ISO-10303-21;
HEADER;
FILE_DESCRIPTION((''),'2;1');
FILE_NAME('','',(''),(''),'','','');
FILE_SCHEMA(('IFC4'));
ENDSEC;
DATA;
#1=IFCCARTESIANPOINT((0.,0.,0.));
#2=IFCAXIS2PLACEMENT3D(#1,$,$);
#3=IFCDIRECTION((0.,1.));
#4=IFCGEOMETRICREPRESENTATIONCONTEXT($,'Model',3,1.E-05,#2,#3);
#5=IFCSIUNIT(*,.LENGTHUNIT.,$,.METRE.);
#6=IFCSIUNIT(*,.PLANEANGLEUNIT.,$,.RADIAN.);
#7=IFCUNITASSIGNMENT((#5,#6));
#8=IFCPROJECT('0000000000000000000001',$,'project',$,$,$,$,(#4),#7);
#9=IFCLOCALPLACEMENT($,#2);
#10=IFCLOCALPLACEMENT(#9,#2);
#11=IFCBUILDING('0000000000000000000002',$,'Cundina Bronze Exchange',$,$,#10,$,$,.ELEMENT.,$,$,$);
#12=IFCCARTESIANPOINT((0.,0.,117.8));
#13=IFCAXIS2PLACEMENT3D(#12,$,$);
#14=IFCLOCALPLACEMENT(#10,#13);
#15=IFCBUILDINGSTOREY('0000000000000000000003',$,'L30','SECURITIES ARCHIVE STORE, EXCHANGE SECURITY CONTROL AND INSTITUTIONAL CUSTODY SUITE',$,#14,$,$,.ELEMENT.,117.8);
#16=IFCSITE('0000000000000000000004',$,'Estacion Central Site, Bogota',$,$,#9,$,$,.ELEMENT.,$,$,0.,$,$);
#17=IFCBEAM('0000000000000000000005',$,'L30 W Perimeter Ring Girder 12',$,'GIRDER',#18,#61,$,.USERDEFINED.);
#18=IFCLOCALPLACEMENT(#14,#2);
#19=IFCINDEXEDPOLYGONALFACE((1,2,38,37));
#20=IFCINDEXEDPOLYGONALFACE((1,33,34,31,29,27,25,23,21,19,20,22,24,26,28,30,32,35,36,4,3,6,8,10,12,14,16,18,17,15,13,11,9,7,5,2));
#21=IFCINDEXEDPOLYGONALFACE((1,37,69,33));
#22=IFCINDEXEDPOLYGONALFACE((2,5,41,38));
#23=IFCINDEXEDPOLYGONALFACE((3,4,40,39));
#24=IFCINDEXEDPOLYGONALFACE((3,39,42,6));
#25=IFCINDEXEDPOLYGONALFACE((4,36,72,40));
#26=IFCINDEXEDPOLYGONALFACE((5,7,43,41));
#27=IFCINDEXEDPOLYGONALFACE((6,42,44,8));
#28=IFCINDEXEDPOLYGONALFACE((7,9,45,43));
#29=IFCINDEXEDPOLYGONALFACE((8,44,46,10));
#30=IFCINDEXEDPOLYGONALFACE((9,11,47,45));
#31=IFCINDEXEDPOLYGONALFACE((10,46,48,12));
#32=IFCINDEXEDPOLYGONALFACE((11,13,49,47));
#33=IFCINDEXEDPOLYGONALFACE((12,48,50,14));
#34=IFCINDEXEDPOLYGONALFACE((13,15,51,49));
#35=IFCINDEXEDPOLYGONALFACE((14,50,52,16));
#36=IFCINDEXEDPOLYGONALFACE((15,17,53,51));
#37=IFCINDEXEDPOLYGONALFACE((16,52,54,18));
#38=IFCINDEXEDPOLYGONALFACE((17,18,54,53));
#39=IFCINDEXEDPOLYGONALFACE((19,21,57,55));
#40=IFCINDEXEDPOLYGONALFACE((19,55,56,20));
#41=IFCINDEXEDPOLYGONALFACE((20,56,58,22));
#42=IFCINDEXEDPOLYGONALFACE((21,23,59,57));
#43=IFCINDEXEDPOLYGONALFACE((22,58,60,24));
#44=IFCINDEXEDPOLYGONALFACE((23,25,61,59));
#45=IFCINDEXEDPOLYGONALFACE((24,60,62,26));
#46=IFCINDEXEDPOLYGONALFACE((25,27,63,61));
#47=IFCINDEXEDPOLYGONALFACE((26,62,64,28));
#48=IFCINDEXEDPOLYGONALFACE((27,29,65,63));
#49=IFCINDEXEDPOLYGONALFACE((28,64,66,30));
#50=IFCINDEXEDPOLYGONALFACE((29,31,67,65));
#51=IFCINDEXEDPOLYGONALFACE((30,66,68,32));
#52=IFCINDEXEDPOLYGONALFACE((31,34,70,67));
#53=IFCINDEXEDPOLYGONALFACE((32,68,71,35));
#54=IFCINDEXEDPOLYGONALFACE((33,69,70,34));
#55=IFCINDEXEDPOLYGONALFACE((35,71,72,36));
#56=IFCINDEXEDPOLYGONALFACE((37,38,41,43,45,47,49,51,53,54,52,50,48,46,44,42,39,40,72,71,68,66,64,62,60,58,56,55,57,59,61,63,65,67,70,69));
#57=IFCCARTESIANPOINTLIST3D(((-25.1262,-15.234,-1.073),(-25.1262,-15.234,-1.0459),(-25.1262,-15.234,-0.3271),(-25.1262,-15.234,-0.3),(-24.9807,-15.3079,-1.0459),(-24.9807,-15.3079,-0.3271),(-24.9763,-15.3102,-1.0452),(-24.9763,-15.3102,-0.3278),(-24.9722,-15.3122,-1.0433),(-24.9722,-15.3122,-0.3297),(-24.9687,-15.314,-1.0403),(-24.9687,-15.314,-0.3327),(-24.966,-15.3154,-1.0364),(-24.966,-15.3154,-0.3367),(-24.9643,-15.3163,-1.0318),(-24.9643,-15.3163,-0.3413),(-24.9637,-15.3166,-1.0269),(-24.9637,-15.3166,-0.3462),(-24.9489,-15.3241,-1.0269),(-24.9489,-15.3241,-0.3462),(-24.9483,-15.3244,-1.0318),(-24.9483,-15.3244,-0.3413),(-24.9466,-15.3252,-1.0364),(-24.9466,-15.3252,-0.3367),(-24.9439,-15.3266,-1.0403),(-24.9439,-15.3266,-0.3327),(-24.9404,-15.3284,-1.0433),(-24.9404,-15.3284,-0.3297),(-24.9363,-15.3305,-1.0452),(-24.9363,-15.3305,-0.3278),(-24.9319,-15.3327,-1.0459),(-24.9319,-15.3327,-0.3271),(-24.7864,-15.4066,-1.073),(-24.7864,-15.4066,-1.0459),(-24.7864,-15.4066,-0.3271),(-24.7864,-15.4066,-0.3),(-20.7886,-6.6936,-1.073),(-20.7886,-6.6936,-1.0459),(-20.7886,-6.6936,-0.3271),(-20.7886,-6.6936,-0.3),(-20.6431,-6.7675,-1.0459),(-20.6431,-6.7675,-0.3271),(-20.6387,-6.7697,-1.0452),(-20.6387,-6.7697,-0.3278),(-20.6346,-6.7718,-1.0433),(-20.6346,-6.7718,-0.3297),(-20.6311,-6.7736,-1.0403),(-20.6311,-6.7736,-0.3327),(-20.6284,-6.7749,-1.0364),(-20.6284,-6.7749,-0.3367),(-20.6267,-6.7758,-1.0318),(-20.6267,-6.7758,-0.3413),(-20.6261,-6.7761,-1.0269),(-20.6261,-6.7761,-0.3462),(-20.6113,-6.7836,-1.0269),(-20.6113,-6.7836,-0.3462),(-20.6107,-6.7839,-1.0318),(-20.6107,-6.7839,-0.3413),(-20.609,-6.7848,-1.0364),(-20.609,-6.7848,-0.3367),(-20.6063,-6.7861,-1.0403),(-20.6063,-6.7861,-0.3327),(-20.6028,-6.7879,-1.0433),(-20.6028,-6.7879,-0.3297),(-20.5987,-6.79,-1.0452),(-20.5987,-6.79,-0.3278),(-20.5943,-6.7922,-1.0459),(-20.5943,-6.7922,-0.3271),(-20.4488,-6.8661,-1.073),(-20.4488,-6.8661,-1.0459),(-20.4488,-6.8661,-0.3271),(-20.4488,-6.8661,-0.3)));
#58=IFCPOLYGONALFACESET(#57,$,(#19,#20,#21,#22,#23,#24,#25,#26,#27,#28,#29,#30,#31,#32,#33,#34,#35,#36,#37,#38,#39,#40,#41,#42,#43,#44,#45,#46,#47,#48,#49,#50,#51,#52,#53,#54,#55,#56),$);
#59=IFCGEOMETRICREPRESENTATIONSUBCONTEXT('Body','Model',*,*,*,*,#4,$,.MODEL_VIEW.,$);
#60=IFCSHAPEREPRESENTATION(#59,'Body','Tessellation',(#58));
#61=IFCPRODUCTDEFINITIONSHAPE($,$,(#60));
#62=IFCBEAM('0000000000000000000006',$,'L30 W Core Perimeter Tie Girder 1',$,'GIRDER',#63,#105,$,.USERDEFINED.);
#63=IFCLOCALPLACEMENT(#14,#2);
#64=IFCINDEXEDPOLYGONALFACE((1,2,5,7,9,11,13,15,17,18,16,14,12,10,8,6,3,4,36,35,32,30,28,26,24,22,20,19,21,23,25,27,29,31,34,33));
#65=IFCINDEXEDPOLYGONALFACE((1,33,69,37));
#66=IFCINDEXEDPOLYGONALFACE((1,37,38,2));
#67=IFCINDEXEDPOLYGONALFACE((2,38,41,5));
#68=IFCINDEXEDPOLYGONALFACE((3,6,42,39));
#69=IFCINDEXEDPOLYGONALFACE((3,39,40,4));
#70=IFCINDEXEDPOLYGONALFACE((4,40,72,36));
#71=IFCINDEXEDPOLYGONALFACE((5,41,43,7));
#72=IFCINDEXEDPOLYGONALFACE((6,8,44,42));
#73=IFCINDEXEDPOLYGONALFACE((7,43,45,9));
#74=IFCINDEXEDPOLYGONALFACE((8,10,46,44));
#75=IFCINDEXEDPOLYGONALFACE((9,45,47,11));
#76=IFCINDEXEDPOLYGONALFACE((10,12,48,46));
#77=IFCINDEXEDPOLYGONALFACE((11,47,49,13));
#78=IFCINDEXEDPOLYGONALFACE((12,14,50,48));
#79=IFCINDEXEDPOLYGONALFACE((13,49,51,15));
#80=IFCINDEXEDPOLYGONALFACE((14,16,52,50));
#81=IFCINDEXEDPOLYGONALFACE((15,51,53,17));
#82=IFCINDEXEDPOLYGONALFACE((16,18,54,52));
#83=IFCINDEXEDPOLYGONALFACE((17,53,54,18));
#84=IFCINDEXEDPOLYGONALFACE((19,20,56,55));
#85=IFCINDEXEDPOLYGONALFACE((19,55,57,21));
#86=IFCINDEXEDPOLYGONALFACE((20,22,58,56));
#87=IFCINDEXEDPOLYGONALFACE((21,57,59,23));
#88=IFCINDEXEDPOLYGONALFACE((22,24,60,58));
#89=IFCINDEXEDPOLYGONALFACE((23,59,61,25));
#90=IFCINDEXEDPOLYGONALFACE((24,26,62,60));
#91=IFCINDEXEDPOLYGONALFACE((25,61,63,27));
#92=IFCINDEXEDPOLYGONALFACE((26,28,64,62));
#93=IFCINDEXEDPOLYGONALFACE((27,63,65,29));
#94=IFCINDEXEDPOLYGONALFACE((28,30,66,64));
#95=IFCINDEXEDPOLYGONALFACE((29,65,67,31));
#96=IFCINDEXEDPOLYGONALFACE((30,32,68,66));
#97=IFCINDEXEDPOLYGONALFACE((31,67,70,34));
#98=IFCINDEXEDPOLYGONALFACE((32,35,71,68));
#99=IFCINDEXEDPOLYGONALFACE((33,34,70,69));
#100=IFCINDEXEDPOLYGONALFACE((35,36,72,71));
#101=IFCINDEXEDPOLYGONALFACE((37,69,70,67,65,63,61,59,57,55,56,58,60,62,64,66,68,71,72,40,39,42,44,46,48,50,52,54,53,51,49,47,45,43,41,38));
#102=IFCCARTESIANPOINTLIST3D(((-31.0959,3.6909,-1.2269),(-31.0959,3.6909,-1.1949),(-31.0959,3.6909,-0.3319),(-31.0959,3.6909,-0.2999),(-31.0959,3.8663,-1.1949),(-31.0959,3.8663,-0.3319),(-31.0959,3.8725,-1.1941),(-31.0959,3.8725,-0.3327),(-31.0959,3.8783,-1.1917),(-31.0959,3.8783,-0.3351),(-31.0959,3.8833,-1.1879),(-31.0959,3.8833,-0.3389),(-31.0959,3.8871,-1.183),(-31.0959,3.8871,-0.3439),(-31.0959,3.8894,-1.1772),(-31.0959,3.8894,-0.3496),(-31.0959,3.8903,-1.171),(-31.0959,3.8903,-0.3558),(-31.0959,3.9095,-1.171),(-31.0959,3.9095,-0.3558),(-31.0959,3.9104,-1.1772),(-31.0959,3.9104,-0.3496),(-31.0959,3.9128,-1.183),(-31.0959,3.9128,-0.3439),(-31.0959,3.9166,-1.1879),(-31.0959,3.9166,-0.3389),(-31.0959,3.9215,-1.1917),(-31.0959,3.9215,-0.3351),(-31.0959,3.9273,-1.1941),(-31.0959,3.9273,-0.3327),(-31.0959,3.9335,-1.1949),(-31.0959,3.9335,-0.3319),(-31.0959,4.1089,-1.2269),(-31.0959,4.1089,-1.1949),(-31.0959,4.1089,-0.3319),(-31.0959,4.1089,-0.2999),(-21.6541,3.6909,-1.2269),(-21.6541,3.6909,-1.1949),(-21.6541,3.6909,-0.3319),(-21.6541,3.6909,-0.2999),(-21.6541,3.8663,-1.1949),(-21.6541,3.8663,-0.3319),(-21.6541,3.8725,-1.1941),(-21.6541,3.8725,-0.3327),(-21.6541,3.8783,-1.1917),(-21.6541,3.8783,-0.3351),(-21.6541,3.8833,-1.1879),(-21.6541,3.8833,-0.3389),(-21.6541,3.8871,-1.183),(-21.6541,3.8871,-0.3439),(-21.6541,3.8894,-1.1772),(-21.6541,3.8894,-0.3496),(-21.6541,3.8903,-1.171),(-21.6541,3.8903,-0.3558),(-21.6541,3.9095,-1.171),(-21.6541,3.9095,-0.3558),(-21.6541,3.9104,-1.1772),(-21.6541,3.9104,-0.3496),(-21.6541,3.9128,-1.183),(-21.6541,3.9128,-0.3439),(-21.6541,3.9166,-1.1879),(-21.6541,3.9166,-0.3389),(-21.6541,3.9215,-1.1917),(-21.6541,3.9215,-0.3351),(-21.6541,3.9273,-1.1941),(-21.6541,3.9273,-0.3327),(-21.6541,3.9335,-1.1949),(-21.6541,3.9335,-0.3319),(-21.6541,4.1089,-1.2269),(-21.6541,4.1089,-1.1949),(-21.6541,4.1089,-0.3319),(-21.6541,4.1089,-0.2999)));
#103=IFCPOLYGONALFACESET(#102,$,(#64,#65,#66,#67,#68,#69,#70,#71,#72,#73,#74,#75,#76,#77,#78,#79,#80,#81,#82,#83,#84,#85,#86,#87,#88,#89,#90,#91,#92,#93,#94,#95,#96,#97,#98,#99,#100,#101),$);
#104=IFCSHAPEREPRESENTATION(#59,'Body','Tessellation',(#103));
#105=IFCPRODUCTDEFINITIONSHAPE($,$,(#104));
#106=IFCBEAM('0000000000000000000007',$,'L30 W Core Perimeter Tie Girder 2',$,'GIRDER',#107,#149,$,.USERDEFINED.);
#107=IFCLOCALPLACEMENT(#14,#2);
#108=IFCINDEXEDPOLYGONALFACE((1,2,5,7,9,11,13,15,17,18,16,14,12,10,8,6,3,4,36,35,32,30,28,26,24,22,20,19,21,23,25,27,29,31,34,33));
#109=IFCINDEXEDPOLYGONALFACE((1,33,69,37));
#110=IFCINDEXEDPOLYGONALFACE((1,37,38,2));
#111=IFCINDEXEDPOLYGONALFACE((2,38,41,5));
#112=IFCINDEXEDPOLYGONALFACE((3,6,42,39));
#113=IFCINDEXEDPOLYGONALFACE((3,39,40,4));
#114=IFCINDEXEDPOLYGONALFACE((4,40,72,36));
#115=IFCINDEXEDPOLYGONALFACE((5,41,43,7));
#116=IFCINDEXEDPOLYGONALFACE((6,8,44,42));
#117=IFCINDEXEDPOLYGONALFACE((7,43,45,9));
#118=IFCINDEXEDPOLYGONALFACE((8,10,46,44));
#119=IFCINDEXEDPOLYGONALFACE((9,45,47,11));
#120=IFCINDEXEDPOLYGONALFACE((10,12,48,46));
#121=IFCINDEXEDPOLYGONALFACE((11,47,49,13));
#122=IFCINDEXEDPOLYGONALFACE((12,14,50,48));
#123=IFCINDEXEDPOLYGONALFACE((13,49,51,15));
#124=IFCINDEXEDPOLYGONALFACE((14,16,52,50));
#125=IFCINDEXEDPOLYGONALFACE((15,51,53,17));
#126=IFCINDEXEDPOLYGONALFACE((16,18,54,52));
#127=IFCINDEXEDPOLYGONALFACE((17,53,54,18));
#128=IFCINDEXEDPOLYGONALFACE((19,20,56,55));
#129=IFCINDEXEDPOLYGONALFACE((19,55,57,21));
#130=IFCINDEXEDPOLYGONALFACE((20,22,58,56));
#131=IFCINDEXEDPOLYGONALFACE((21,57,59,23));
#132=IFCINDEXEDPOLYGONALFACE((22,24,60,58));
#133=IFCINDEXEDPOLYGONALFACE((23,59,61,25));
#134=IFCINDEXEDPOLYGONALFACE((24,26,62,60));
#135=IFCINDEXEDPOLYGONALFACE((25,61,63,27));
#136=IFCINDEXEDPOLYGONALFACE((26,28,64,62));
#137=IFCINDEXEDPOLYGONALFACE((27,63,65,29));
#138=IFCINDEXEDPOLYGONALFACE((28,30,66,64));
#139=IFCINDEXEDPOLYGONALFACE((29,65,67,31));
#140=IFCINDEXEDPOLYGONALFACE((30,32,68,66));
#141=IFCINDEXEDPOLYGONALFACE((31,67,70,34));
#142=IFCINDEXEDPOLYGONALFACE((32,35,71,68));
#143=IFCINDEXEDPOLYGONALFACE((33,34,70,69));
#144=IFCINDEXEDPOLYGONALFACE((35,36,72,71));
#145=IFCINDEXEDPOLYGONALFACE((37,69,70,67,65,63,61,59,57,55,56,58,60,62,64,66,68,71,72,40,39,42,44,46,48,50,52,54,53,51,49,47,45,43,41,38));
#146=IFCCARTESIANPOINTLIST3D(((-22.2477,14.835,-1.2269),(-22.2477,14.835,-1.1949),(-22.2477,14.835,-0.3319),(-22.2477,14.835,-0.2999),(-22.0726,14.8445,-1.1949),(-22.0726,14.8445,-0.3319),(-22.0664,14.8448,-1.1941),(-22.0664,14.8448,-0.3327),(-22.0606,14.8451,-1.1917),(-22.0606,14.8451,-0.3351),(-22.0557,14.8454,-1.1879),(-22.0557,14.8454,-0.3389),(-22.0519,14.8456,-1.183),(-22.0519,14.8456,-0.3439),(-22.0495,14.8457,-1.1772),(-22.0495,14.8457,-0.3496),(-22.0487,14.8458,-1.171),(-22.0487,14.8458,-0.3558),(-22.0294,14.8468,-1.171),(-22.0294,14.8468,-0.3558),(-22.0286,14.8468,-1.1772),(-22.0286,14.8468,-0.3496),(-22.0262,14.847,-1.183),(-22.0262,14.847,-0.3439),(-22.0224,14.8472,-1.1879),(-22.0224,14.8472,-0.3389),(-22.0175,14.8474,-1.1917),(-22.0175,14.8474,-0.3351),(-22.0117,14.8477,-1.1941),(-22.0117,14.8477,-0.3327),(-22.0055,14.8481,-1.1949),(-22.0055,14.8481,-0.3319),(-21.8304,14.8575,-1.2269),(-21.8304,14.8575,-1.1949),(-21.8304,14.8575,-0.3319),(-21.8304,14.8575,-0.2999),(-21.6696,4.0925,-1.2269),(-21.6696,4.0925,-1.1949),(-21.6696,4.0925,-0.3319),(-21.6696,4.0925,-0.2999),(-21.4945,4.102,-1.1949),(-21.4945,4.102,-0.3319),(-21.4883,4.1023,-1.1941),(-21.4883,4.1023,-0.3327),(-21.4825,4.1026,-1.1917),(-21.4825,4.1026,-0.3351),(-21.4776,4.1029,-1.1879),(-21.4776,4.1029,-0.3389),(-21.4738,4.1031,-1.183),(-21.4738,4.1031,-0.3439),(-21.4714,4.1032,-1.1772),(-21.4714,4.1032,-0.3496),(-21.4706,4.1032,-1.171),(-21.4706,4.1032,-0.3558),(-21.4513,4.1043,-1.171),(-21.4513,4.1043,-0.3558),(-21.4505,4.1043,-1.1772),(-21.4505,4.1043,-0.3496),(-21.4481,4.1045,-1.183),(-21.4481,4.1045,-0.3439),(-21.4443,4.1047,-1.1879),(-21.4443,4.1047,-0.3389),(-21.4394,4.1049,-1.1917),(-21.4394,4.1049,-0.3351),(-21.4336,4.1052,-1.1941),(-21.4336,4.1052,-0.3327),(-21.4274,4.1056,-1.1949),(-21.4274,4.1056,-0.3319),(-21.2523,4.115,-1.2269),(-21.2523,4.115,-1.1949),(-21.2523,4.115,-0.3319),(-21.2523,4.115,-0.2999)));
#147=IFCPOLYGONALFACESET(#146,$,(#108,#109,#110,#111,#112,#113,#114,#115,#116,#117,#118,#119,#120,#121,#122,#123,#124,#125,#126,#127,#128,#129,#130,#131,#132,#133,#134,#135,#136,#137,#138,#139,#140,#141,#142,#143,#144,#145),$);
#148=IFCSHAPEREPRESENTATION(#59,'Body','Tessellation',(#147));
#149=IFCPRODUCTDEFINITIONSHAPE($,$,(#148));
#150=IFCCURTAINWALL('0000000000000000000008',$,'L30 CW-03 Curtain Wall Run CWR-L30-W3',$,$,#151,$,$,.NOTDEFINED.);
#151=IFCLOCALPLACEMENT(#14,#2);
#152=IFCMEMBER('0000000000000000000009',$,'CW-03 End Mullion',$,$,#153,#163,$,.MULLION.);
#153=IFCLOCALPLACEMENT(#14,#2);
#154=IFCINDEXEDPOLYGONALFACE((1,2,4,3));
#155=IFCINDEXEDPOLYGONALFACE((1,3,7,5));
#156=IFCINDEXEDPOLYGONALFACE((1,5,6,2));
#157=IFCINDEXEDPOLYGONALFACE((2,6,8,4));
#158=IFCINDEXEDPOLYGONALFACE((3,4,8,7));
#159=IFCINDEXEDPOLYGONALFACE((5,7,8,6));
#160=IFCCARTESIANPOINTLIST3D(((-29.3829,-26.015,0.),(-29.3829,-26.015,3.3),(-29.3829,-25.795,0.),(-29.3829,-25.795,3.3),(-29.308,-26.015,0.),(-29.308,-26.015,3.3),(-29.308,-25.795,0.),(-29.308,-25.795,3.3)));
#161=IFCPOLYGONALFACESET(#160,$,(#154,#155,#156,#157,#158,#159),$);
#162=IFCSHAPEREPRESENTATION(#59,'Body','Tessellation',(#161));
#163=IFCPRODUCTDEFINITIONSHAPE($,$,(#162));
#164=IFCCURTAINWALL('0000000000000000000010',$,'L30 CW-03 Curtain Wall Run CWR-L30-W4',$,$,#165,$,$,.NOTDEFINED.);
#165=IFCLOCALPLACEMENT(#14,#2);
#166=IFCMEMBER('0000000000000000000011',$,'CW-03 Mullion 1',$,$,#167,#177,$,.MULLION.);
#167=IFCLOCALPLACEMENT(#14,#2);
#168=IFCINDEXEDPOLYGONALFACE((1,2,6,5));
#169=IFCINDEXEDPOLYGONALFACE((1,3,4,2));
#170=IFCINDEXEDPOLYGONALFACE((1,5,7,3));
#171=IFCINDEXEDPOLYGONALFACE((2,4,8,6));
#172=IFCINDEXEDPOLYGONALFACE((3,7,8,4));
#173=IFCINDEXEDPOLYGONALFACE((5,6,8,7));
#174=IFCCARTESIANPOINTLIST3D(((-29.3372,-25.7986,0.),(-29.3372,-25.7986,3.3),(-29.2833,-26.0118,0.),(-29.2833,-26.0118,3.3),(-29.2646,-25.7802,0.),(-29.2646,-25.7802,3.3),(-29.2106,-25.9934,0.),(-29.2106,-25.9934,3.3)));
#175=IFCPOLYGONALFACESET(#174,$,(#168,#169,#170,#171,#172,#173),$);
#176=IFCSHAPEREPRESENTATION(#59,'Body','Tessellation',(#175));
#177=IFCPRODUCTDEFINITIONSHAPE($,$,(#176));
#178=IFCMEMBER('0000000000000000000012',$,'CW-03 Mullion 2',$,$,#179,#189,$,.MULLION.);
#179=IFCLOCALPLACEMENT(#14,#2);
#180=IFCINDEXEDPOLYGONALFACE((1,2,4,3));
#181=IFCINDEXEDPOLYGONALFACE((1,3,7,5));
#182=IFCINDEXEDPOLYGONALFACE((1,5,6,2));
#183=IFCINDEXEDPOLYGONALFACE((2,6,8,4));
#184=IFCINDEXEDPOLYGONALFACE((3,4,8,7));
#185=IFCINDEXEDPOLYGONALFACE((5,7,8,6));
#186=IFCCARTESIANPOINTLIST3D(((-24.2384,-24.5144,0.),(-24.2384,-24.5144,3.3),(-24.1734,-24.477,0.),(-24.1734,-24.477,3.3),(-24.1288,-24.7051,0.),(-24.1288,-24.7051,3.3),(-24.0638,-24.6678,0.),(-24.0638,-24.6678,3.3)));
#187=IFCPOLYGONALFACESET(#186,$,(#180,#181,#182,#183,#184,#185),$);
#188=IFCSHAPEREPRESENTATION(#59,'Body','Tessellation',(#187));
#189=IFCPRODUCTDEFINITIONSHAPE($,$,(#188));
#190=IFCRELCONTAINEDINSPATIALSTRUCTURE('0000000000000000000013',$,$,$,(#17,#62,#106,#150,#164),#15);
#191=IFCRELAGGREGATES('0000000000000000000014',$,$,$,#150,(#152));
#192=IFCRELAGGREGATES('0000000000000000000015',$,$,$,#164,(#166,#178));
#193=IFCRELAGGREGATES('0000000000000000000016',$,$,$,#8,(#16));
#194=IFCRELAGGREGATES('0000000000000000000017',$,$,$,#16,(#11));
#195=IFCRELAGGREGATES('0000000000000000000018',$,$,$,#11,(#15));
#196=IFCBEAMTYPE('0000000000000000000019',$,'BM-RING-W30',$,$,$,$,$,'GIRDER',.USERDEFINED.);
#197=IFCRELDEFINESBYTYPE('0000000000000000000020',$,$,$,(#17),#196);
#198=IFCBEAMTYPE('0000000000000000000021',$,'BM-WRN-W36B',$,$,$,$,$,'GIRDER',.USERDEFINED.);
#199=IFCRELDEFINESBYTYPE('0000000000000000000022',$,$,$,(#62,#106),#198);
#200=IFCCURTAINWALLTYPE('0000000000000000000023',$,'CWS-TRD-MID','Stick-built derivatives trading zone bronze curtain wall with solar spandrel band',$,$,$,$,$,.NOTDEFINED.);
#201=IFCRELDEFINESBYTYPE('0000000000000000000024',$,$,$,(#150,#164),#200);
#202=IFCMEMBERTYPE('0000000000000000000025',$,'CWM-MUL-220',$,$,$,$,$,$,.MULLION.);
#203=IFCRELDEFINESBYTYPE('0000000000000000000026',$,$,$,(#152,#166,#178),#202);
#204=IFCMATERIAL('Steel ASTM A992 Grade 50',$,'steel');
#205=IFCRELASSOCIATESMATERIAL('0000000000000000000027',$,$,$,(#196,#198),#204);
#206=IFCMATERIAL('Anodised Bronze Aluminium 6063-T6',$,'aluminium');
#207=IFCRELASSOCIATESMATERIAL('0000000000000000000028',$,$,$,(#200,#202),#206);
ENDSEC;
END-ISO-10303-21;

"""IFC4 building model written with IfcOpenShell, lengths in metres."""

from ifc_helpers import new_model, si_unit, direction, frame, origin, origin_2d, place, context, subcontext, project, spatial, rectangle, i_section, extrude, material, material_profile, profile_set, type_object, element, aggregate, save


model = new_model("IFC4")

# Units and contexts
model_context = context("Model", 3, precision=1e-05, world=origin(), true_north=direction((0.0, 1.0)))
body_context = subcontext(model_context, "Body", "Model", "MODEL_VIEW")
ifc_project = project(units=[si_unit("LENGTHUNIT", "METRE"), si_unit("PLANEANGLEUNIT", "RADIAN")], contexts=[model_context])

# Site, building, storey
site_placement = place(None, origin())
site = spatial("IfcSite", under=ifc_project, at=site_placement, Name="Estacion Central Site, Bogota", CompositionType="ELEMENT", RefElevation=0.0)
building_placement = place(site_placement, origin())
building = spatial("IfcBuilding", under=site, at=building_placement, Name="Cundina Bronze Exchange", CompositionType="ELEMENT")
storey_placement = place(building_placement, frame((0.0, 0.0, 117.8)))
storey = spatial("IfcBuildingStorey", under=building, at=storey_placement, Name="L30", Description="SECURITIES ARCHIVE STORE, EXCHANGE SECURITY CONTROL AND INSTITUTIONAL CUSTODY SUITE", CompositionType="ELEMENT", Elevation=117.8)

# Shared definitions
ifc_material_1 = material(Name="Steel ASTM A992 Grade 50", Category="steel")

# Beams
ifc_material_profile_1 = material_profile(ifc_material_1, i_section(OverallWidth=0.3811, OverallDepth=0.7729, WebThickness=0.0166, FlangeThickness=0.0271, FilletRadius=0.019, at=origin_2d()), Name="W30X173", Category="steel")
ifc_profile_set_1 = profile_set([ifc_material_profile_1], Name="Steel ASTM A992 Grade 50")
beam_type_1 = type_object("IfcBeamType", Name="BM-RING-W30", ElementType="GIRDER", PredefinedType="USERDEFINED", material=ifc_profile_set_1)
beam_1_placement = place(storey_placement, frame((-24.9563, -15.3203, -0.6865), z_axis=(0.452832, 0.891596, 0.0), x_axis=(-0.891596, 0.452832, 0.0)))
element("IfcBeam", 1, at=beam_1_placement, inside=storey, type_object=beam_type_1, Name="L30 W Perimeter Ring Girder 12", ObjectType="GIRDER", PredefinedType="USERDEFINED", context=body_context, shape_type="SweptSolid", body=[
    extrude(i_section(OverallWidth=0.3811, OverallDepth=0.7729, WebThickness=0.0166, FlangeThickness=0.0271, FilletRadius=0.019, at=origin_2d()), origin(), (0.0, 0.0, 1.0), 9.5789),
])
ifc_material_profile_2 = material_profile(ifc_material_1, i_section(OverallWidth=0.418, OverallDepth=0.927, WebThickness=0.0193, FlangeThickness=0.032, FilletRadius=0.0239, at=origin_2d()), Name="W36X231", Category="steel")
ifc_profile_set_2 = profile_set([ifc_material_profile_2], Name="Steel ASTM A992 Grade 50")
beam_type_2 = type_object("IfcBeamType", Name="BM-WRN-W36B", ElementType="GIRDER", PredefinedType="USERDEFINED", material=ifc_profile_set_2)
beam_2_placement = place(storey_placement, frame((-31.0959, 3.8999, -0.7634), z_axis=(1.0, 0.0, 0.0), x_axis=(0.0, 1.0, 0.0)))
element("IfcBeam", 2, at=beam_2_placement, inside=storey, type_object=beam_type_2, Name="L30 W Core Perimeter Tie Girder 1", ObjectType="GIRDER", PredefinedType="USERDEFINED", context=body_context, shape_type="SweptSolid", body=[
    extrude(i_section(OverallWidth=0.418, OverallDepth=0.927, WebThickness=0.0193, FlangeThickness=0.032, FilletRadius=0.0239, at=origin_2d()), origin(), (0.0, 0.0, 1.0), 9.4419),
])
beam_3_placement = place(storey_placement, frame((-21.4609, 4.1038, -0.7634), z_axis=(-0.053739, 0.998555, 0.0), x_axis=(-0.998555, -0.053739, 0.0)))
element("IfcBeam", 3, at=beam_3_placement, inside=storey, type_object=beam_type_2, Name="L30 W Core Perimeter Tie Girder 2", ObjectType="GIRDER", PredefinedType="USERDEFINED", context=body_context, shape_type="SweptSolid", body=[
    extrude(i_section(OverallWidth=0.418, OverallDepth=0.927, WebThickness=0.0193, FlangeThickness=0.032, FilletRadius=0.0239, at=origin_2d()), origin(), (0.0, 0.0, 1.0), 10.7581),
])

# Curtain wall, member
ifc_material_2 = material(Name="Anodised Bronze Aluminium 6063-T6", Category="aluminium")
curtain_wall_type = type_object("IfcCurtainWallType", Name="CWS-TRD-MID", Description="Stick-built derivatives trading zone bronze curtain wall with solar spandrel band", PredefinedType="NOTDEFINED", material=ifc_material_2)
curtain_wall_1_placement = place(storey_placement, origin())
curtain_wall_1 = element("IfcCurtainWall", 4, at=curtain_wall_1_placement, inside=storey, type_object=curtain_wall_type, Name="L30 CW-03 Curtain Wall Run CWR-L30-W3", PredefinedType="NOTDEFINED")
ifc_material_profile_3 = material_profile(ifc_material_2, rectangle(XDim=0.075, YDim=0.22, at=origin_2d()), Name="AL75X220", Category="aluminium")
ifc_profile_set_3 = profile_set([ifc_material_profile_3], Name="Anodised Bronze Aluminium 6063-T6")
member_type_1 = type_object("IfcMemberType", Name="CWM-MUL-220", PredefinedType="MULLION", material=ifc_profile_set_3)
member_1_placement = place(storey_placement, frame((-29.3455, -25.905, 0.0), z_axis=(0.0, 0.0, 1.0), x_axis=(1.0, 0.0, 0.0)))
member_1 = element("IfcMember", 5, at=member_1_placement, type_object=member_type_1, Name="CW-03 End Mullion", PredefinedType="MULLION", context=body_context, shape_type="SweptSolid", body=[
    extrude(rectangle(XDim=0.075, YDim=0.22, at=origin_2d()), origin(), (0.0, 0.0, 1.0), 3.3),
])
aggregate(curtain_wall_1, [member_1])

# Curtain wall, members
curtain_wall_2_placement = place(storey_placement, origin())
curtain_wall_2 = element("IfcCurtainWall", 6, at=curtain_wall_2_placement, inside=storey, type_object=curtain_wall_type, Name="L30 CW-03 Curtain Wall Run CWR-L30-W4", PredefinedType="NOTDEFINED")
member_2_placement = place(storey_placement, frame((-29.2739, -25.896, 0.0), z_axis=(0.0, 0.0, 1.0), x_axis=(0.969488, 0.245138, 0.0)))
member_2 = element("IfcMember", 7, at=member_2_placement, type_object=member_type_1, Name="CW-03 Mullion 1", PredefinedType="MULLION", context=body_context, shape_type="SweptSolid", body=[
    extrude(rectangle(XDim=0.075, YDim=0.22, at=origin_2d()), origin(), (0.0, 0.0, 1.0), 3.3),
])
member_3_placement = place(storey_placement, frame((-24.1511, -24.5911, 0.0), z_axis=(0.0, 0.0, 1.0), x_axis=(0.867071, 0.498185, 0.0)))
member_3 = element("IfcMember", 8, at=member_3_placement, type_object=member_type_1, Name="CW-03 Mullion 2", PredefinedType="MULLION", context=body_context, shape_type="SweptSolid", body=[
    extrude(rectangle(XDim=0.075, YDim=0.22, at=origin_2d()), origin(), (0.0, 0.0, 1.0), 3.3),
])
aggregate(curtain_wall_2, [member_2, member_3])

save(model, "model.ifc")
